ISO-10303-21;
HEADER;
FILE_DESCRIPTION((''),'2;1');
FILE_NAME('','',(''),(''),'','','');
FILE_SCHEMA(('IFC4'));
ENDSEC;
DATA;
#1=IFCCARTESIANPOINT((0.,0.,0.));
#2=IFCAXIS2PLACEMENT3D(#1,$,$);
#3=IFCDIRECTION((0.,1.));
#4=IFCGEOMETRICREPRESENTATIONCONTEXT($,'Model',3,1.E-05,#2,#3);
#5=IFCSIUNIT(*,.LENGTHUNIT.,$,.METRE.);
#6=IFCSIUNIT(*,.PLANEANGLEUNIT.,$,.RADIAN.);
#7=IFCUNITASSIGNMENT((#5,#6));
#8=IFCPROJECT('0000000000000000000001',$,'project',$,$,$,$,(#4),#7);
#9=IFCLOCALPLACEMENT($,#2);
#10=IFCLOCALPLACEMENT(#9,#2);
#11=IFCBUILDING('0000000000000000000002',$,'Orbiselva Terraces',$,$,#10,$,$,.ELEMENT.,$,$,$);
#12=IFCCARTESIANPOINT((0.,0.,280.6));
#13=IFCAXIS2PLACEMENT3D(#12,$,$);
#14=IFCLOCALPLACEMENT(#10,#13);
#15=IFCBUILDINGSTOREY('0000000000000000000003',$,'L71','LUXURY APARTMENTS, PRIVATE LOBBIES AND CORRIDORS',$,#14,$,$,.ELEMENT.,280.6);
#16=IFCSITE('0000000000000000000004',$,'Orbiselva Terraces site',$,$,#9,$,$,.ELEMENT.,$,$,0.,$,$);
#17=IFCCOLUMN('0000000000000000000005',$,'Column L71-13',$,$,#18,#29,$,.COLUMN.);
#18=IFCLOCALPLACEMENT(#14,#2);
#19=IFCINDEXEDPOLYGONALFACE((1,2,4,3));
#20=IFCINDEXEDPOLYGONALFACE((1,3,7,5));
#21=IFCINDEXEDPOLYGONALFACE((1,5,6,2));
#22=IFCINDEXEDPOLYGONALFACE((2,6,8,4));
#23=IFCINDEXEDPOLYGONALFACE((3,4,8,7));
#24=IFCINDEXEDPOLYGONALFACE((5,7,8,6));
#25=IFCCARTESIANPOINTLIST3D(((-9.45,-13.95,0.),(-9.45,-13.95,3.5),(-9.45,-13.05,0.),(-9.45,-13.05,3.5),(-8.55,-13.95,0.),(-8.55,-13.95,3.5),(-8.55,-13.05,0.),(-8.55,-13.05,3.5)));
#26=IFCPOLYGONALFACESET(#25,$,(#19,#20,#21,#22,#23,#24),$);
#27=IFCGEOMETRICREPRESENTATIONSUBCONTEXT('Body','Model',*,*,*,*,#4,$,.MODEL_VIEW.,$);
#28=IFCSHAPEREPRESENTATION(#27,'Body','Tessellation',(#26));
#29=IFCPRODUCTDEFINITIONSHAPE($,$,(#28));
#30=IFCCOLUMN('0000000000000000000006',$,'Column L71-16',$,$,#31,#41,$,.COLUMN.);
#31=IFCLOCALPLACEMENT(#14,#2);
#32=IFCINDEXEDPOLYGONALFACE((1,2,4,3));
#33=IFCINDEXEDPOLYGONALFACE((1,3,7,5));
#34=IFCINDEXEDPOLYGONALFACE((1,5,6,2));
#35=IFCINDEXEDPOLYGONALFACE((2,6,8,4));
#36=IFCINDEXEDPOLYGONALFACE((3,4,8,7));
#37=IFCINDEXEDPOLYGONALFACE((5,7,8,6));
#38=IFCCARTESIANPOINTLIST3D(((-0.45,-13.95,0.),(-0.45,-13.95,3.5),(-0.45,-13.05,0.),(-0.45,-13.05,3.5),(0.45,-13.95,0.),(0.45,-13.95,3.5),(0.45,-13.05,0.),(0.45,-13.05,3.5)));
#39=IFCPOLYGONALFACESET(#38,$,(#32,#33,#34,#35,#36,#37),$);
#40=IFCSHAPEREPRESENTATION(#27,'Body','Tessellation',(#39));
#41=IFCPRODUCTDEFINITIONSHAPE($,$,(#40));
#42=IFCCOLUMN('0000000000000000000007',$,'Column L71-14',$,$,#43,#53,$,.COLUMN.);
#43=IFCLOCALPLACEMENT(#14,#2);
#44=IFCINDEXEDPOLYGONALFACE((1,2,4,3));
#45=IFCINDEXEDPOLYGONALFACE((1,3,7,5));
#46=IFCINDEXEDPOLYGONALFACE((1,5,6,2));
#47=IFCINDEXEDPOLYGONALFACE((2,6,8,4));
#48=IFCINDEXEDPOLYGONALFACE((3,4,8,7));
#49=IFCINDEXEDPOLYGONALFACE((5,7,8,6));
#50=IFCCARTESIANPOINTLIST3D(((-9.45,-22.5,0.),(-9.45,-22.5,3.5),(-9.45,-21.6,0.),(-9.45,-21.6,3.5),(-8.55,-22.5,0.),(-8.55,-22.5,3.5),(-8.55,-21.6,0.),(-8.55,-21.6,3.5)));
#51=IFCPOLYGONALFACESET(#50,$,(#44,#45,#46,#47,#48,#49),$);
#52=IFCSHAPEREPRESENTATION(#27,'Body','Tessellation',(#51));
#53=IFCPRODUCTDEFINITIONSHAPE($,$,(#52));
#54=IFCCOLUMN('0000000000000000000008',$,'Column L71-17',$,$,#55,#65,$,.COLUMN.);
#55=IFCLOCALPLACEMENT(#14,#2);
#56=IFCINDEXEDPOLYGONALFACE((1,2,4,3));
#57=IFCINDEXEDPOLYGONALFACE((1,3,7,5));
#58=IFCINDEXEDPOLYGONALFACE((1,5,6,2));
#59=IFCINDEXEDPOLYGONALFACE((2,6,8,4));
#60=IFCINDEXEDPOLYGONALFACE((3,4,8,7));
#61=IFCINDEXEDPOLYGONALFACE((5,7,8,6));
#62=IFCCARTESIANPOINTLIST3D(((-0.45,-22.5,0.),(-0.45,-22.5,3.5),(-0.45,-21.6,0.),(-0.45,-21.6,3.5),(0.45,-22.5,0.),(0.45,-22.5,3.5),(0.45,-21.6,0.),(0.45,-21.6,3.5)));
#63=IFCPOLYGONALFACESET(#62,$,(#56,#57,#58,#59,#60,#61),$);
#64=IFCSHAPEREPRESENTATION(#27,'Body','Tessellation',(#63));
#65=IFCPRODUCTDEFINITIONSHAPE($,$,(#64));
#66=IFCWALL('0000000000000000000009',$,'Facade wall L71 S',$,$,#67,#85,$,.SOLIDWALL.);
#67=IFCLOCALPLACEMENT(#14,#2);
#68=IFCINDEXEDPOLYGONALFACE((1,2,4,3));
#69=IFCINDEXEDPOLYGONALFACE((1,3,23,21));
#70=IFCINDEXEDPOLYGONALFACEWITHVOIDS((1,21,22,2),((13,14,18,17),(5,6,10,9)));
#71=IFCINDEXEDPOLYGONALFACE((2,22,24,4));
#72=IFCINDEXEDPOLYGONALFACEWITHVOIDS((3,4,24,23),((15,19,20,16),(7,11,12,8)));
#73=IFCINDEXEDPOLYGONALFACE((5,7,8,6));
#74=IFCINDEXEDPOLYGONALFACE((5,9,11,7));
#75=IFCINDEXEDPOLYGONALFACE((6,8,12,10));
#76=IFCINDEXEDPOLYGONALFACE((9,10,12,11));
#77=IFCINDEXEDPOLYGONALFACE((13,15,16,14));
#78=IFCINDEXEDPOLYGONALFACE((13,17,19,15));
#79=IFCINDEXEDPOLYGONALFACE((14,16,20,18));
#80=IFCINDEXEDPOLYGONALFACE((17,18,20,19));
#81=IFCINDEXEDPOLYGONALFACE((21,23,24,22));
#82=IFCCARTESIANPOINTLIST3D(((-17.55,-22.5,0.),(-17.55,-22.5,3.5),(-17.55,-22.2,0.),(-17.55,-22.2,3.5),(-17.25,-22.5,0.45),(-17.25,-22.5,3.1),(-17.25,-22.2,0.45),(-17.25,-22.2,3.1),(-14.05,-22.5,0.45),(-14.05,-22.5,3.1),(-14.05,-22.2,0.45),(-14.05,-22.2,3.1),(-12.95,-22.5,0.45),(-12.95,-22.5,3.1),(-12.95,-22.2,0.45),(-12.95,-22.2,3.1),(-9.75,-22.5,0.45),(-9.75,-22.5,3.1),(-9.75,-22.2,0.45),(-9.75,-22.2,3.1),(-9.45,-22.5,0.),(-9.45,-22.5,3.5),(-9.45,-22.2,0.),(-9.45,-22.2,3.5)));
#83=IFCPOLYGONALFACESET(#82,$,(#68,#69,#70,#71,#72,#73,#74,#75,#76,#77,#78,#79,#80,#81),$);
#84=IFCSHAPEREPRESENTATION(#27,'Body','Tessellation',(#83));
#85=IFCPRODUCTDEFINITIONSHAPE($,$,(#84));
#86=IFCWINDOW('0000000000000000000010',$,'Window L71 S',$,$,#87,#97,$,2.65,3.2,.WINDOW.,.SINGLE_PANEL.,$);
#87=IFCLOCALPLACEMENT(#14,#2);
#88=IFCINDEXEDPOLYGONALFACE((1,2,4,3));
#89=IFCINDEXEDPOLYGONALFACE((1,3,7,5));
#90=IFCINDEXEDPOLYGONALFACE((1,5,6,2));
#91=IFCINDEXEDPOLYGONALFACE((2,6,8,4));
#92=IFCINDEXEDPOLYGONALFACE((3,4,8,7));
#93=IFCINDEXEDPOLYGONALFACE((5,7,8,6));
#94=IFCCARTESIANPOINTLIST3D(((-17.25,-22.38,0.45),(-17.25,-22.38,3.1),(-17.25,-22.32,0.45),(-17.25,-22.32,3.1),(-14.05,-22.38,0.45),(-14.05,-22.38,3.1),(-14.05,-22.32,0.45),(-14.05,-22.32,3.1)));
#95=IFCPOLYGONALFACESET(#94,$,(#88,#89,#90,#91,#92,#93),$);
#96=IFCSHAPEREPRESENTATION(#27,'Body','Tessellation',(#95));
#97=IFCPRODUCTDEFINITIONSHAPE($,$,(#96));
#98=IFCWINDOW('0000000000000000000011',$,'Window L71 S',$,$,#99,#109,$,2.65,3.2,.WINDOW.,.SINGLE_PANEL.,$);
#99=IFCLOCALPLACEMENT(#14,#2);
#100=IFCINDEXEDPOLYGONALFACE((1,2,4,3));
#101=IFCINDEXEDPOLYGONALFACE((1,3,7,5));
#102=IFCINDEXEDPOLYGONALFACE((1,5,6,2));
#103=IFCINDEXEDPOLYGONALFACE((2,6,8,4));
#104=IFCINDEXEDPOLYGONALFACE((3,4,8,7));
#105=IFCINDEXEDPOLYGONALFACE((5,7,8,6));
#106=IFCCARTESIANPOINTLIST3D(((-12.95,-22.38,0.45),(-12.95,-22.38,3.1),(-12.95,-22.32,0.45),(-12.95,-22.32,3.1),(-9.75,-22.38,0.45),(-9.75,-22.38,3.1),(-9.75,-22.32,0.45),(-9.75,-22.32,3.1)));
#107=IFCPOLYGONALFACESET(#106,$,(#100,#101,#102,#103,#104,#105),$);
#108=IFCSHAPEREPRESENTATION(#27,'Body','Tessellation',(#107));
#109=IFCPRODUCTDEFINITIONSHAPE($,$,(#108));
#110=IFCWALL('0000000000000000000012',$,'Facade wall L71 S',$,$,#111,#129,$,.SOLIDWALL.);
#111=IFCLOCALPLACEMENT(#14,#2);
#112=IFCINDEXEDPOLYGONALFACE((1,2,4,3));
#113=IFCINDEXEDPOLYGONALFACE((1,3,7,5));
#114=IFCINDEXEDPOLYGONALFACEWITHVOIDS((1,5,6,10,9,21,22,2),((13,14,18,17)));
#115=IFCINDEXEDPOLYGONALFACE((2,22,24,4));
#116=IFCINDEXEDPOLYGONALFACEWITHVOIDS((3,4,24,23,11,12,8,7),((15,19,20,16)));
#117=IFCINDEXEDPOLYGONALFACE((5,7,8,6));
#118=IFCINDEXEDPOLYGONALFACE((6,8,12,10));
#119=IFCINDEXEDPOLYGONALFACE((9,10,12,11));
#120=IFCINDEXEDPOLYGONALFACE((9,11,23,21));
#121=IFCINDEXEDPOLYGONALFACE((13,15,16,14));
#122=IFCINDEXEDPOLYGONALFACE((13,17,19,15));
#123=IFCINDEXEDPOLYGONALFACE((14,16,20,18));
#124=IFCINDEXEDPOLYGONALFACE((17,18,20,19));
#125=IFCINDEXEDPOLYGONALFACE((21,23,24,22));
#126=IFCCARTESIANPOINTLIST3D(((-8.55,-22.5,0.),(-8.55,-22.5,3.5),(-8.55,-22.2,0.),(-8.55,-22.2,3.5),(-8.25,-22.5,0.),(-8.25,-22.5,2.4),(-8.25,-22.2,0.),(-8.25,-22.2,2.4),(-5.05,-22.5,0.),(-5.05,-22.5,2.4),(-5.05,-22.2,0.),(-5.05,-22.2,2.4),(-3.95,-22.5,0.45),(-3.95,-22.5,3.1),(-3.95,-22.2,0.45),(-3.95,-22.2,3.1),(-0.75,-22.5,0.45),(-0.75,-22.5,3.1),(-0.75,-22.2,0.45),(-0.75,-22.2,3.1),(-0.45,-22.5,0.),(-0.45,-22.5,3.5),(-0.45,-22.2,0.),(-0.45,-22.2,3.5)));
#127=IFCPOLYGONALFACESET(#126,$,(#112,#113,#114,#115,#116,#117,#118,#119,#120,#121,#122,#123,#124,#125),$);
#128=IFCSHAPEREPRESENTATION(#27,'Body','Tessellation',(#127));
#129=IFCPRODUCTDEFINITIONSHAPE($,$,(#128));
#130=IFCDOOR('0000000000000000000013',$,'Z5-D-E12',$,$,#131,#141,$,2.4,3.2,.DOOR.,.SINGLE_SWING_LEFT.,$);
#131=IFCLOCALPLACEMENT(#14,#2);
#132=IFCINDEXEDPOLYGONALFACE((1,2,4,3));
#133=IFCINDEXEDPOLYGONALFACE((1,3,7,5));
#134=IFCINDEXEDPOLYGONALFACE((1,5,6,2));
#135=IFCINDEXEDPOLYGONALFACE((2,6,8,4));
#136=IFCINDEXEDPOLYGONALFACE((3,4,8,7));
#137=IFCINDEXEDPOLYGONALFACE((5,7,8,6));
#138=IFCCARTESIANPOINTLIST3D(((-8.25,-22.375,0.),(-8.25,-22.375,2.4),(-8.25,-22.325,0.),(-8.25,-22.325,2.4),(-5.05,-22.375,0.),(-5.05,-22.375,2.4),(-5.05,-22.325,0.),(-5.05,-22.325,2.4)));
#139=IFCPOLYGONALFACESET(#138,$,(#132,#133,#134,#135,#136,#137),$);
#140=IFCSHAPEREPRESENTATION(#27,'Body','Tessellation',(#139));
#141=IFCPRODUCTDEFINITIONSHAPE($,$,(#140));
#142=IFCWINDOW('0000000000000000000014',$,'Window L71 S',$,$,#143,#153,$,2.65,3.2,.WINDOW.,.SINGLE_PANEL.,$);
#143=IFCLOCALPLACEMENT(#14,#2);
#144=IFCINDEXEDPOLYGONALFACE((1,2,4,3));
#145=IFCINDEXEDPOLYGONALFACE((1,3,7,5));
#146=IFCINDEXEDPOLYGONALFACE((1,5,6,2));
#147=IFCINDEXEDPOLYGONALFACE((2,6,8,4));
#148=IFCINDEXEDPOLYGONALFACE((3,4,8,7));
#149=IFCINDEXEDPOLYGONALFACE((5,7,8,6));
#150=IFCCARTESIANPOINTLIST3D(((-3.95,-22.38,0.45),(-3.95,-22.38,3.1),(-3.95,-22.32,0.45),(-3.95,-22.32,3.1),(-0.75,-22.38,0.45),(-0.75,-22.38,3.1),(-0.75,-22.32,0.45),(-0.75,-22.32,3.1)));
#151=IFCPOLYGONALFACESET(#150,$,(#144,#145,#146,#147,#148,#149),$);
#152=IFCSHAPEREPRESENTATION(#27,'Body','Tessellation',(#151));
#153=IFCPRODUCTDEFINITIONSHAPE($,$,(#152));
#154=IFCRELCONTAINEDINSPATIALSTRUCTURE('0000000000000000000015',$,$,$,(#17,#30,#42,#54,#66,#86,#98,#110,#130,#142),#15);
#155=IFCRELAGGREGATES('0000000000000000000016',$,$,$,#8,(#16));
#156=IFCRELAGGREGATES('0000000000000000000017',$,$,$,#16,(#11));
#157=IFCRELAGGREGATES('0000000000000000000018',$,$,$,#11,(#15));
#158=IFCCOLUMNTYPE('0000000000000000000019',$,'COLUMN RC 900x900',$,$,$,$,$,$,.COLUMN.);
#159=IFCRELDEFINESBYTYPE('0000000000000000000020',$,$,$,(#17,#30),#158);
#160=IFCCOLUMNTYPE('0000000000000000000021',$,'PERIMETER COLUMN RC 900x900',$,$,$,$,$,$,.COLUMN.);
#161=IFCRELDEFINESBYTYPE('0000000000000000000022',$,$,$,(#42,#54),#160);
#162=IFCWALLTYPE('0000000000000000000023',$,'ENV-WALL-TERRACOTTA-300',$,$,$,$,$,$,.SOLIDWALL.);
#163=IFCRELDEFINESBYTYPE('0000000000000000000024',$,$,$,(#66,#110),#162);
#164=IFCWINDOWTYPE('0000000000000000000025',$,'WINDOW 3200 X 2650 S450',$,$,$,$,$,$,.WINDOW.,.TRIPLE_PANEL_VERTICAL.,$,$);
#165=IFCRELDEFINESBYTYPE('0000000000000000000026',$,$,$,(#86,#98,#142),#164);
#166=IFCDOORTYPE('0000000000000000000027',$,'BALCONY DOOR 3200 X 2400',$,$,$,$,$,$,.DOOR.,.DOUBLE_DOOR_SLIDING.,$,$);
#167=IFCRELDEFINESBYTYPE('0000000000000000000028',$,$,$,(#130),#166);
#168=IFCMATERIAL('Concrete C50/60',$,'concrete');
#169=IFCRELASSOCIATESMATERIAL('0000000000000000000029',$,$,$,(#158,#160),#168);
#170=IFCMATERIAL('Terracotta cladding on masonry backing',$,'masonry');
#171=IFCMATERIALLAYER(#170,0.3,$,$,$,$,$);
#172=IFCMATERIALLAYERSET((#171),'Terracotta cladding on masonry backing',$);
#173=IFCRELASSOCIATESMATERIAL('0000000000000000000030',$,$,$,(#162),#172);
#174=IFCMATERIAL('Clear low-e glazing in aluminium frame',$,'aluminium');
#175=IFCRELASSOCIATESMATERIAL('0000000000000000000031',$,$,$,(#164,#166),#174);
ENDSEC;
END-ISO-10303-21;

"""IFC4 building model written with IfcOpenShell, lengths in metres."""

from ifc_helpers import new_model, si_unit, direction, frame, frame_2d, origin, origin_2d, place, context, subcontext, project, spatial, rectangle, extrude, material, layer, layer_set, material_profile, profile_set, type_object, element, fill, save


model = new_model("IFC4")

# Units and contexts
model_context = context("Model", 3, precision=1e-05, world=origin(), true_north=direction((0.0, 1.0)))
body_context = subcontext(model_context, "Body", "Model", "MODEL_VIEW")
ifc_project = project(units=[si_unit("LENGTHUNIT", "METRE"), si_unit("PLANEANGLEUNIT", "RADIAN")], contexts=[model_context])

# Site, building, storey
site_placement = place(None, origin())
site = spatial("IfcSite", under=ifc_project, at=site_placement, Name="Orbiselva Terraces site", CompositionType="ELEMENT", RefElevation=0.0)
building_placement = place(site_placement, origin())
building = spatial("IfcBuilding", under=site, at=building_placement, Name="Orbiselva Terraces", CompositionType="ELEMENT")
storey_placement = place(building_placement, frame((0.0, 0.0, 280.6)))
storey = spatial("IfcBuildingStorey", under=building, at=storey_placement, Name="L71", Description="LUXURY APARTMENTS, PRIVATE LOBBIES AND CORRIDORS", CompositionType="ELEMENT", Elevation=280.6)

# Columns
ifc_material_1 = material(Name="Concrete C50/60", Category="concrete")
ifc_material_profile_1 = material_profile(ifc_material_1, rectangle(XDim=0.9, YDim=0.9, at=origin_2d()), Name="RC 900x900")
ifc_profile_set_1 = profile_set([ifc_material_profile_1], Name="Concrete C50/60")
column_type_1 = type_object("IfcColumnType", Name="COLUMN RC 900x900", PredefinedType="COLUMN", material=ifc_profile_set_1)
for number, where, z_axis, x_axis, name in (
    (1, (-9.0, -13.5, 0.0), (0.0, 0.0, 1.0), (1.0, 0.0, 0.0), "Column L71-13"),
    (2, (0.0, -13.5, 0.0), (0.0, 0.0, 1.0), (1.0, 0.0, 0.0), "Column L71-16"),
):
    element("IfcColumn", number, at=place(storey_placement, frame(where, z_axis=z_axis, x_axis=x_axis)), inside=storey, type_object=column_type_1, Name=name, PredefinedType="COLUMN", context=body_context, shape_type="SweptSolid", body=[
        extrude(rectangle(XDim=0.9, YDim=0.9, at=origin_2d()), origin(), (0.0, 0.0, 1.0), 3.5),
    ])
ifc_material_profile_2 = material_profile(ifc_material_1, rectangle(XDim=0.9, YDim=0.9, at=origin_2d()), Name="RC 900x900")
ifc_profile_set_2 = profile_set([ifc_material_profile_2], Name="Concrete C50/60")
column_type_2 = type_object("IfcColumnType", Name="PERIMETER COLUMN RC 900x900", PredefinedType="COLUMN", material=ifc_profile_set_2)
for number, where, z_axis, x_axis, name in (
    (3, (-9.0, -22.05, 0.0), (0.0, 0.0, 1.0), (1.0, 0.0, 0.0), "Column L71-14"),
    (4, (0.0, -22.05, 0.0), (0.0, 0.0, 1.0), (1.0, 0.0, 0.0), "Column L71-17"),
):
    element("IfcColumn", number, at=place(storey_placement, frame(where, z_axis=z_axis, x_axis=x_axis)), inside=storey, type_object=column_type_2, Name=name, PredefinedType="COLUMN", context=body_context, shape_type="SweptSolid", body=[
        extrude(rectangle(XDim=0.9, YDim=0.9, at=origin_2d()), origin(), (0.0, 0.0, 1.0), 3.5),
    ])

# Wall, openings, windows
ifc_material_2 = material(Name="Terracotta cladding on masonry backing", Category="masonry")
ifc_layer_1 = layer(ifc_material_2, 0.3)
ifc_layer_set_1 = layer_set([ifc_layer_1], Name="Terracotta cladding on masonry backing")
wall_type_1 = type_object("IfcWallType", Name="ENV-WALL-TERRACOTTA-300", PredefinedType="SOLIDWALL", material=ifc_layer_set_1)
wall_1_placement = place(storey_placement, frame((-9.45, -22.35, 0.0), z_axis=(0.0, 0.0, 1.0), x_axis=(-1.0, 0.0, 0.0)))
wall_1 = element("IfcWall", 5, at=wall_1_placement, inside=storey, type_object=wall_type_1, Name="Facade wall L71 S", PredefinedType="SOLIDWALL", context=body_context, shape_type="SweptSolid", body=[
    extrude(rectangle(XDim=8.1, YDim=0.3, at=frame_2d((4.05, 0.0))), origin(), (0.0, 0.0, 1.0), 3.5),
])
opening_1_placement = place(wall_1_placement, frame((4.6, 0.0, 0.45)))
opening_1 = element("IfcOpeningElement", 6, at=opening_1_placement, cuts=wall_1, PredefinedType="OPENING", context=body_context, shape_type="SweptSolid", body=[
    extrude(rectangle(XDim=3.2, YDim=2.65, at=frame_2d((1.6, 1.325))), frame((0.0, 0.16, 0.0), z_axis=(0.0, -1.0, 0.0), x_axis=(1.0, 0.0, 0.0)), (0.0, 0.0, 1.0), 0.32),
])
opening_2_placement = place(wall_1_placement, frame((0.3, 0.0, 0.45)))
opening_2 = element("IfcOpeningElement", 7, at=opening_2_placement, cuts=wall_1, PredefinedType="OPENING", context=body_context, shape_type="SweptSolid", body=[
    extrude(rectangle(XDim=3.2, YDim=2.65, at=frame_2d((1.6, 1.325))), frame((0.0, 0.16, 0.0), z_axis=(0.0, -1.0, 0.0), x_axis=(1.0, 0.0, 0.0)), (0.0, 0.0, 1.0), 0.32),
])
ifc_material_3 = material(Name="Clear low-e glazing in aluminium frame", Category="aluminium")
window_type = type_object("IfcWindowType", Name="WINDOW 3200 X 2650 S450", PartitioningType="TRIPLE_PANEL_VERTICAL", PredefinedType="WINDOW", material=ifc_material_3)
window_1_placement = place(opening_1_placement, origin())
window_1 = element("IfcWindow", 8, at=window_1_placement, inside=storey, type_object=window_type, Name="Window L71 S", OverallHeight=2.65, OverallWidth=3.2, PartitioningType="SINGLE_PANEL", PredefinedType="WINDOW", context=body_context, shape_type="SweptSolid", body=[
    extrude(rectangle(XDim=3.2, YDim=2.65, at=frame_2d((1.6, 1.325))), frame((0.0, 0.03, 0.0), z_axis=(0.0, -1.0, 0.0), x_axis=(1.0, 0.0, 0.0)), (0.0, 0.0, 1.0), 0.06),
])
fill(opening_1, window_1)
window_2_placement = place(opening_2_placement, origin())
window_2 = element("IfcWindow", 9, at=window_2_placement, inside=storey, type_object=window_type, Name="Window L71 S", OverallHeight=2.65, OverallWidth=3.2, PartitioningType="SINGLE_PANEL", PredefinedType="WINDOW", context=body_context, shape_type="SweptSolid", body=[
    extrude(rectangle(XDim=3.2, YDim=2.65, at=frame_2d((1.6, 1.325))), frame((0.0, 0.03, 0.0), z_axis=(0.0, -1.0, 0.0), x_axis=(1.0, 0.0, 0.0)), (0.0, 0.0, 1.0), 0.06),
])
fill(opening_2, window_2)

# Wall, openings, door, window
wall_2_placement = place(storey_placement, frame((-0.45, -22.35, 0.0), z_axis=(0.0, 0.0, 1.0), x_axis=(-1.0, 0.0, 0.0)))
wall_2 = element("IfcWall", 10, at=wall_2_placement, inside=storey, type_object=wall_type_1, Name="Facade wall L71 S", PredefinedType="SOLIDWALL", context=body_context, shape_type="SweptSolid", body=[
    extrude(rectangle(XDim=8.1, YDim=0.3, at=frame_2d((4.05, 0.0))), origin(), (0.0, 0.0, 1.0), 3.5),
])
opening_3_placement = place(wall_2_placement, frame((4.6, 0.0, 0.0)))
opening_3 = element("IfcOpeningElement", 11, at=opening_3_placement, cuts=wall_2, PredefinedType="OPENING", context=body_context, shape_type="SweptSolid", body=[
    extrude(rectangle(XDim=3.2, YDim=2.4, at=frame_2d((1.6, 1.2))), frame((0.0, 0.16, 0.0), z_axis=(0.0, -1.0, 0.0), x_axis=(1.0, 0.0, 0.0)), (0.0, 0.0, 1.0), 0.32),
])
opening_4_placement = place(wall_2_placement, frame((0.3, 0.0, 0.45)))
opening_4 = element("IfcOpeningElement", 12, at=opening_4_placement, cuts=wall_2, PredefinedType="OPENING", context=body_context, shape_type="SweptSolid", body=[
    extrude(rectangle(XDim=3.2, YDim=2.65, at=frame_2d((1.6, 1.325))), frame((0.0, 0.16, 0.0), z_axis=(0.0, -1.0, 0.0), x_axis=(1.0, 0.0, 0.0)), (0.0, 0.0, 1.0), 0.32),
])
door_type_1 = type_object("IfcDoorType", Name="BALCONY DOOR 3200 X 2400", OperationType="DOUBLE_DOOR_SLIDING", PredefinedType="DOOR", material=ifc_material_3)
door_1_placement = place(opening_3_placement, origin())
door_1 = element("IfcDoor", 13, at=door_1_placement, inside=storey, type_object=door_type_1, Name="Z5-D-E12", OperationType="SINGLE_SWING_LEFT", OverallHeight=2.4, OverallWidth=3.2, PredefinedType="DOOR", context=body_context, shape_type="SweptSolid", body=[
    extrude(rectangle(XDim=3.2, YDim=2.4, at=frame_2d((1.6, 1.2))), frame((0.0, 0.025, 0.0), z_axis=(0.0, -1.0, 0.0), x_axis=(1.0, 0.0, 0.0)), (0.0, 0.0, 1.0), 0.05),
])
fill(opening_3, door_1)
window_3_placement = place(opening_4_placement, origin())
window_3 = element("IfcWindow", 14, at=window_3_placement, inside=storey, type_object=window_type, Name="Window L71 S", OverallHeight=2.65, OverallWidth=3.2, PartitioningType="SINGLE_PANEL", PredefinedType="WINDOW", context=body_context, shape_type="SweptSolid", body=[
    extrude(rectangle(XDim=3.2, YDim=2.65, at=frame_2d((1.6, 1.325))), frame((0.0, 0.03, 0.0), z_axis=(0.0, -1.0, 0.0), x_axis=(1.0, 0.0, 0.0)), (0.0, 0.0, 1.0), 0.06),
])
fill(opening_4, window_3)

save(model, "model.ifc")
